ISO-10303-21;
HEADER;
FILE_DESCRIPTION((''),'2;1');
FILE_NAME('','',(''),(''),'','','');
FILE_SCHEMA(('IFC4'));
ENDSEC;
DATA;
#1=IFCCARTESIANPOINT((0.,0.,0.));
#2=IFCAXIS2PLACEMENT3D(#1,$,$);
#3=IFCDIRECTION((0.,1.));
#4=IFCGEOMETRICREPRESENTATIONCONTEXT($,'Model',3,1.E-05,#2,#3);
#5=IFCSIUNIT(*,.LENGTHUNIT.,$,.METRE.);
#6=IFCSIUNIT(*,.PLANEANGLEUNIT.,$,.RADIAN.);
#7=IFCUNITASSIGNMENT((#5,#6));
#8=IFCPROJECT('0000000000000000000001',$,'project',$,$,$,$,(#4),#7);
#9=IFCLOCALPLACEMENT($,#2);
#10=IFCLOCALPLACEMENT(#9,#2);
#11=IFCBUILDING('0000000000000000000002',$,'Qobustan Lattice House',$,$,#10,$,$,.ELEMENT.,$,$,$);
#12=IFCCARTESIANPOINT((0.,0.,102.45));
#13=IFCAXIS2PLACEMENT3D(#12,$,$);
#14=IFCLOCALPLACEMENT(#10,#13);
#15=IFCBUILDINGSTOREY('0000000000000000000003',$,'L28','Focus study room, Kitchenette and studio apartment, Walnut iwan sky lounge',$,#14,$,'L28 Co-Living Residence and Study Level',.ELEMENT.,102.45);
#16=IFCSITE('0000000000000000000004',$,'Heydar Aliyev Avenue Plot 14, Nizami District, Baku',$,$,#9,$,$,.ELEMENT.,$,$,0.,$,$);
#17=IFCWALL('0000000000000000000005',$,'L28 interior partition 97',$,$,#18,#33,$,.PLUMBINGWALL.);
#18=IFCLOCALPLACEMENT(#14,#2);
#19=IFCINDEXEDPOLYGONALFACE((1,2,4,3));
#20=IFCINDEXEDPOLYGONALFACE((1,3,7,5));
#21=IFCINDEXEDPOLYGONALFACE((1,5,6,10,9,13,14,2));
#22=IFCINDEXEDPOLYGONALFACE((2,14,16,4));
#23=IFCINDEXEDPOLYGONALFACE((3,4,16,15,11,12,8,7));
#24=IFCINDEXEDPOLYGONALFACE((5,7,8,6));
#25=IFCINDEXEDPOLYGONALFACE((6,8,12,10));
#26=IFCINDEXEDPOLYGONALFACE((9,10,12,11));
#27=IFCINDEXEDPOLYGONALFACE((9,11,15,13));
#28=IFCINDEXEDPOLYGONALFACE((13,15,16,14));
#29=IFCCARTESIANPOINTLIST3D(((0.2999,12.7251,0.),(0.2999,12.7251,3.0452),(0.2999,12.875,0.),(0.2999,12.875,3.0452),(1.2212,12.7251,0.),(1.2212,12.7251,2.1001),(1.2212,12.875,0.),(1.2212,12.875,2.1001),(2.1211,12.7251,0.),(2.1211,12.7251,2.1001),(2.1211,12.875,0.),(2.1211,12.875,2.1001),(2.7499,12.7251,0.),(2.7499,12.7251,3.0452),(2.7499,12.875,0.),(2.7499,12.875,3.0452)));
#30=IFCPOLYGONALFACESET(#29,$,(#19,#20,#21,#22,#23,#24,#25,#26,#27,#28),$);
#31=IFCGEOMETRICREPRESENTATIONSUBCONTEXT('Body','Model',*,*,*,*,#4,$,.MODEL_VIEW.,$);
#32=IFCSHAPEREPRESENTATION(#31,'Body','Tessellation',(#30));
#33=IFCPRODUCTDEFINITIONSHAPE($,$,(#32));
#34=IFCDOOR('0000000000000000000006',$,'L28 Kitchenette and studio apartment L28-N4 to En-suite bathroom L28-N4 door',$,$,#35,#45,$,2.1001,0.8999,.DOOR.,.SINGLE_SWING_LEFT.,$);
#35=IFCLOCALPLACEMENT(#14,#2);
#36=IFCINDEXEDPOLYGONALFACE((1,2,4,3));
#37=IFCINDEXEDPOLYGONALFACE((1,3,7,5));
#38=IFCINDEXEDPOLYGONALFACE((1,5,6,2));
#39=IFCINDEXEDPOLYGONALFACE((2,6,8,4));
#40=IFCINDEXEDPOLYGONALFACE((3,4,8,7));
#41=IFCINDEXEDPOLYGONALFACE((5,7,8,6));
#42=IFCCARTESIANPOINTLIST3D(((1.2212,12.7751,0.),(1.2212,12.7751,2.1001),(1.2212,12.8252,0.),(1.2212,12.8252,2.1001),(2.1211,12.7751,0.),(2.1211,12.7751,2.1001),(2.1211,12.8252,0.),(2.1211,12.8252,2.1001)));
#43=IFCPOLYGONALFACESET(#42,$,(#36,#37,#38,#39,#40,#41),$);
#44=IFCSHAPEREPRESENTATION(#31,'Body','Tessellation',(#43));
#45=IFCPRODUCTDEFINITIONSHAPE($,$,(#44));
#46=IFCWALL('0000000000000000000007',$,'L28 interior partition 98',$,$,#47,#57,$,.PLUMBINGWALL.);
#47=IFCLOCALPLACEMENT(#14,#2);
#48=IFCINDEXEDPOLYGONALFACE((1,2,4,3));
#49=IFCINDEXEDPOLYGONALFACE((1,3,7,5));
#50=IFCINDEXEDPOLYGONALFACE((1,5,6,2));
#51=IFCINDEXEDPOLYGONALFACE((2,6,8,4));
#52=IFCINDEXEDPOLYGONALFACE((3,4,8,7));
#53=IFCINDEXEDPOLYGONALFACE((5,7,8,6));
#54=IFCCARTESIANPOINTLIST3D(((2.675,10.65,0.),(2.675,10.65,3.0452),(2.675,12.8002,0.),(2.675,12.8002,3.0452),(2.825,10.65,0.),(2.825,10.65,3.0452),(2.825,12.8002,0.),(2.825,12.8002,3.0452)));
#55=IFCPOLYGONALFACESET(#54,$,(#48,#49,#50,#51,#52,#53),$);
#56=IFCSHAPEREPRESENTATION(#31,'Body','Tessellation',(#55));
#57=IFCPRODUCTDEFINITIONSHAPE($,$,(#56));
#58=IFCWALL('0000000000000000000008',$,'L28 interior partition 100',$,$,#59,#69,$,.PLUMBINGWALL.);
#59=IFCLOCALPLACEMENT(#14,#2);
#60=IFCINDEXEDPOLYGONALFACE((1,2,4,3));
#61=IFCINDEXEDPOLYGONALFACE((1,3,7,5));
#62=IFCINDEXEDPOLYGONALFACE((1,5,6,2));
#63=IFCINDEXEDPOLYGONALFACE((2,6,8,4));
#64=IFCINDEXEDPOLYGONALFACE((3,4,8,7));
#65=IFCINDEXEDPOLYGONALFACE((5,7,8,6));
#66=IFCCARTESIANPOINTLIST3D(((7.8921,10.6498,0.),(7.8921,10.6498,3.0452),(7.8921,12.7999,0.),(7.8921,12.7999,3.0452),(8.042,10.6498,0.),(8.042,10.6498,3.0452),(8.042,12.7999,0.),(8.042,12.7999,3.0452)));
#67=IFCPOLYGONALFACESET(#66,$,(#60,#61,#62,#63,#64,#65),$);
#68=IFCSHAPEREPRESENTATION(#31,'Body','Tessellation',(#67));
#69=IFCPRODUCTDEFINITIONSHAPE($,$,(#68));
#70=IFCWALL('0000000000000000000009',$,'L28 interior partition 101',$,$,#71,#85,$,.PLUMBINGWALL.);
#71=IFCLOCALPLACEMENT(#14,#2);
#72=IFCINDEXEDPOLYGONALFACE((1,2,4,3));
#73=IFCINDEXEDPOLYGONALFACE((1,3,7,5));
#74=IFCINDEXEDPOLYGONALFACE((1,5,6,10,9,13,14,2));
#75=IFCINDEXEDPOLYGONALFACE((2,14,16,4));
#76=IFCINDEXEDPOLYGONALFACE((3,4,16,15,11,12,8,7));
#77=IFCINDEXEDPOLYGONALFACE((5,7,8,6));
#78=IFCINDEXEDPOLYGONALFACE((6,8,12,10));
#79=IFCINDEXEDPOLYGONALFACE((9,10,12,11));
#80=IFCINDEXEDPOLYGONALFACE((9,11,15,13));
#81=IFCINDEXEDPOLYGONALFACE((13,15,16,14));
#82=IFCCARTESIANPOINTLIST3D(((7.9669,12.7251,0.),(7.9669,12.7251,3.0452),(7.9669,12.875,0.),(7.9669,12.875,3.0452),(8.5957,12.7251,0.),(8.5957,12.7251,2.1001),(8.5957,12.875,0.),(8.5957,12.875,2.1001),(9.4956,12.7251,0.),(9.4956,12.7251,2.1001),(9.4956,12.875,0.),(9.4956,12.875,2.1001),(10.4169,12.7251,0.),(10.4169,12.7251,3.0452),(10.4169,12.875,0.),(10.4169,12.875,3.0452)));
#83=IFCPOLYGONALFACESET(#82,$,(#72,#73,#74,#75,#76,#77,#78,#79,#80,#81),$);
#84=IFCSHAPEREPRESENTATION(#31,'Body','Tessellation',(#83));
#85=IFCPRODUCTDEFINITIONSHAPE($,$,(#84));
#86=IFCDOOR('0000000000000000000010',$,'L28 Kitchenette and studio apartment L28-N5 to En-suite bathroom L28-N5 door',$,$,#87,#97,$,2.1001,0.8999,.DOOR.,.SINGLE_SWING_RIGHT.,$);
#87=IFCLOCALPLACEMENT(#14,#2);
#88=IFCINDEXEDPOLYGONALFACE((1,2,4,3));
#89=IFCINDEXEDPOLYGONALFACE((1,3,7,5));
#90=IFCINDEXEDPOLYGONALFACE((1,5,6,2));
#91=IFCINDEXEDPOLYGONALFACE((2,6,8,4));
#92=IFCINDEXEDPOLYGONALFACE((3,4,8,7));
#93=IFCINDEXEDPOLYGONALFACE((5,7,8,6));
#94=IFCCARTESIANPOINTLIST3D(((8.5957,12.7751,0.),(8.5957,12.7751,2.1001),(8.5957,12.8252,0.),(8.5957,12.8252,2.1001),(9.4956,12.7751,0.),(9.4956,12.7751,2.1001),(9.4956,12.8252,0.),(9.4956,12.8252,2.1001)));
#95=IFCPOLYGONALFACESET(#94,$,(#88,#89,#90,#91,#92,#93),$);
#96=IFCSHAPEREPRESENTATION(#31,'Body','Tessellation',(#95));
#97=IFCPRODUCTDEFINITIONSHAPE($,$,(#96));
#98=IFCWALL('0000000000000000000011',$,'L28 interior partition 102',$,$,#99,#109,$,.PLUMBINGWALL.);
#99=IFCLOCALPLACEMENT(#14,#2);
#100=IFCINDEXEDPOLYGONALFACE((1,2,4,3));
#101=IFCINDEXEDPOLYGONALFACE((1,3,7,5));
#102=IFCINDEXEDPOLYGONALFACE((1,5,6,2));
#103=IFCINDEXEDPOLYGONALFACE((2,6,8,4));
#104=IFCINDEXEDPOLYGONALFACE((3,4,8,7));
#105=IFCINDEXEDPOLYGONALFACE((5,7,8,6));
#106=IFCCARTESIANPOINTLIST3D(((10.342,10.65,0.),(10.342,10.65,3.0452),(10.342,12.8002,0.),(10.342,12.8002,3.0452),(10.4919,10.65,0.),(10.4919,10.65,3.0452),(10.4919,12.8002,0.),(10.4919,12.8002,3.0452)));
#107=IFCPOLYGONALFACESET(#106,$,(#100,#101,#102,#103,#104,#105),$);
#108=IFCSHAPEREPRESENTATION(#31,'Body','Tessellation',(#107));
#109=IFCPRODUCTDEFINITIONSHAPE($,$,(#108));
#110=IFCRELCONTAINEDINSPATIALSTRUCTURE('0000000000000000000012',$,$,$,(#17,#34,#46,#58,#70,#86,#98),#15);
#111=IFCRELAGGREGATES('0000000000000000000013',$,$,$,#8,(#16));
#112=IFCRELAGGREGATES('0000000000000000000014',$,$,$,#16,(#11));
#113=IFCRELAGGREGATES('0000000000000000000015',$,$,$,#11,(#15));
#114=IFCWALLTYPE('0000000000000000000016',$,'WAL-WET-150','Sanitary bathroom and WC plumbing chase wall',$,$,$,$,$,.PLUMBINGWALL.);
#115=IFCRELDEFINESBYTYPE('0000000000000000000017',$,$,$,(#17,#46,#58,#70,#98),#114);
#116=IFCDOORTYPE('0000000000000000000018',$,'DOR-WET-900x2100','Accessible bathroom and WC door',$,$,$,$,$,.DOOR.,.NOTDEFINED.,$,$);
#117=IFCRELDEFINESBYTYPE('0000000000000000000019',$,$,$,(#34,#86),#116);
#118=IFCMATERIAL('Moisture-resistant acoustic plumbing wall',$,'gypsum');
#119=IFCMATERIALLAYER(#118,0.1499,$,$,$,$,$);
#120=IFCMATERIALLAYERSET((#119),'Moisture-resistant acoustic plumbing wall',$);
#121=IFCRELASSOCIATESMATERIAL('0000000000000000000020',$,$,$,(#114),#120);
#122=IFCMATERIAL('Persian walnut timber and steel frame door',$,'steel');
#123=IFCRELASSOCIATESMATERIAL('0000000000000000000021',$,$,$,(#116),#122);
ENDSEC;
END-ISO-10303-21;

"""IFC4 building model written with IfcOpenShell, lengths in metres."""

from ifc_helpers import new_model, si_unit, direction, frame, frame_2d, origin, place, context, subcontext, project, spatial, rectangle, extrude, material, layer, layer_set, type_object, element, fill, save


model = new_model("IFC4")

# Units and contexts
model_context = context("Model", 3, precision=1e-05, world=origin(), true_north=direction((0.0, 1.0)))
body_context = subcontext(model_context, "Body", "Model", "MODEL_VIEW")
ifc_project = project(units=[si_unit("LENGTHUNIT", "METRE"), si_unit("PLANEANGLEUNIT", "RADIAN")], contexts=[model_context])

# Site, building, storey
site_placement = place(None, origin())
site = spatial("IfcSite", under=ifc_project, at=site_placement, Name="Heydar Aliyev Avenue Plot 14, Nizami District, Baku", CompositionType="ELEMENT", RefElevation=0.0)
building_placement = place(site_placement, origin())
building = spatial("IfcBuilding", under=site, at=building_placement, Name="Qobustan Lattice House", CompositionType="ELEMENT")
storey_placement = place(building_placement, frame((0.0, 0.0, 102.45)))
storey = spatial("IfcBuildingStorey", under=building, at=storey_placement, Name="L28", Description="Focus study room, Kitchenette and studio apartment, Walnut iwan sky lounge", LongName="L28 Co-Living Residence and Study Level", CompositionType="ELEMENT", Elevation=102.45)

# Shared definitions
ifc_material_1 = material(Name="Moisture-resistant acoustic plumbing wall", Category="gypsum")
ifc_layer_1 = layer(ifc_material_1, 0.1499)
ifc_layer_set_1 = layer_set([ifc_layer_1], Name="Moisture-resistant acoustic plumbing wall")
wall_type_1 = type_object("IfcWallType", Name="WAL-WET-150", Description="Sanitary bathroom and WC plumbing chase wall", PredefinedType="PLUMBINGWALL", material=ifc_layer_set_1)

# Wall, opening, door
wall_1_placement = place(storey_placement, frame((2.75, 12.8, 0.0), z_axis=(0.0, 0.0, 1.0), x_axis=(-1.0, 0.0, 0.0)))
wall_1 = element("IfcWall", 1, at=wall_1_placement, inside=storey, type_object=wall_type_1, Name="L28 interior partition 97", PredefinedType="PLUMBINGWALL", context=body_context, shape_type="SweptSolid", body=[
    extrude(rectangle(XDim=2.45, YDim=0.1499, at=frame_2d((1.2251, 0.0))), origin(), (0.0, 0.0, 1.0), 3.0452),
])
opening_1_placement = place(wall_1_placement, frame((0.6289, 0.0, 0.0)))
opening_1 = element("IfcOpeningElement", 2, at=opening_1_placement, cuts=wall_1, PredefinedType="OPENING", context=body_context, shape_type="SweptSolid", body=[
    extrude(rectangle(XDim=0.8999, YDim=2.1001, at=frame_2d((0.45, 1.05))), frame((0.0, 0.085, 0.0), z_axis=(0.0, -1.0, 0.0), x_axis=(1.0, 0.0, 0.0)), (0.0, 0.0, 1.0), 0.1699),
])
ifc_material_2 = material(Name="Persian walnut timber and steel frame door", Category="steel")
door_type_1 = type_object("IfcDoorType", Name="DOR-WET-900x2100", Description="Accessible bathroom and WC door", OperationType="NOTDEFINED", PredefinedType="DOOR", material=ifc_material_2)
door_1_placement = place(opening_1_placement, origin())
door_1 = element("IfcDoor", 3, at=door_1_placement, inside=storey, type_object=door_type_1, Name="L28 Kitchenette and studio apartment L28-N4 to En-suite bathroom L28-N4 door", OperationType="SINGLE_SWING_LEFT", OverallHeight=2.1001, OverallWidth=0.8999, PredefinedType="DOOR", context=body_context, shape_type="SweptSolid", body=[
    extrude(rectangle(XDim=0.8999, YDim=2.1001, at=frame_2d((0.45, 1.05))), frame((0.0, 0.0249, 0.0), z_axis=(0.0, -1.0, 0.0), x_axis=(1.0, 0.0, 0.0)), (0.0, 0.0, 1.0), 0.05),
])
fill(opening_1, door_1)

# Walls
for number, where, z_axis, x_axis, name in (
    (4, (2.75, 10.6499, 0.0), (0.0, 0.0, 1.0), (0.0, 1.0, 0.0), "L28 interior partition 98"),
    (5, (7.967, 12.8, 0.0), (0.0, 0.0, 1.0), (0.0, -1.0, 0.0), "L28 interior partition 100"),
):
    element("IfcWall", number, at=place(storey_placement, frame(where, z_axis=z_axis, x_axis=x_axis)), inside=storey, type_object=wall_type_1, Name=name, PredefinedType="PLUMBINGWALL", context=body_context, shape_type="SweptSolid", body=[
        extrude(rectangle(XDim=2.1501, YDim=0.1499, at=frame_2d((1.0752, 0.0))), origin(), (0.0, 0.0, 1.0), 3.0452),
    ])

# Wall, opening, door
wall_2_placement = place(storey_placement, frame((10.417, 12.8, 0.0), z_axis=(0.0, 0.0, 1.0), x_axis=(-1.0, 0.0, 0.0)))
wall_2 = element("IfcWall", 6, at=wall_2_placement, inside=storey, type_object=wall_type_1, Name="L28 interior partition 101", PredefinedType="PLUMBINGWALL", context=body_context, shape_type="SweptSolid", body=[
    extrude(rectangle(XDim=2.45, YDim=0.1499, at=frame_2d((1.2251, 0.0))), origin(), (0.0, 0.0, 1.0), 3.0452),
])
opening_2_placement = place(wall_2_placement, frame((0.9214, 0.0, 0.0)))
opening_2 = element("IfcOpeningElement", 7, at=opening_2_placement, cuts=wall_2, PredefinedType="OPENING", context=body_context, shape_type="SweptSolid", body=[
    extrude(rectangle(XDim=0.8999, YDim=2.1001, at=frame_2d((0.45, 1.05))), frame((0.0, 0.085, 0.0), z_axis=(0.0, -1.0, 0.0), x_axis=(1.0, 0.0, 0.0)), (0.0, 0.0, 1.0), 0.1699),
])
door_2_placement = place(opening_2_placement, origin())
door_2 = element("IfcDoor", 8, at=door_2_placement, inside=storey, type_object=door_type_1, Name="L28 Kitchenette and studio apartment L28-N5 to En-suite bathroom L28-N5 door", OperationType="SINGLE_SWING_RIGHT", OverallHeight=2.1001, OverallWidth=0.8999, PredefinedType="DOOR", context=body_context, shape_type="SweptSolid", body=[
    extrude(rectangle(XDim=0.8999, YDim=2.1001, at=frame_2d((0.45, 1.05))), frame((0.0, 0.0249, 0.0), z_axis=(0.0, -1.0, 0.0), x_axis=(1.0, 0.0, 0.0)), (0.0, 0.0, 1.0), 0.05),
])
fill(opening_2, door_2)

# Wall
wall_3_placement = place(storey_placement, frame((10.417, 10.6499, 0.0), z_axis=(0.0, 0.0, 1.0), x_axis=(0.0, 1.0, 0.0)))
element("IfcWall", 9, at=wall_3_placement, inside=storey, type_object=wall_type_1, Name="L28 interior partition 102", PredefinedType="PLUMBINGWALL", context=body_context, shape_type="SweptSolid", body=[
    extrude(rectangle(XDim=2.1501, YDim=0.1499, at=frame_2d((1.0752, 0.0))), origin(), (0.0, 0.0, 1.0), 3.0452),
])

save(model, "model.ifc")
